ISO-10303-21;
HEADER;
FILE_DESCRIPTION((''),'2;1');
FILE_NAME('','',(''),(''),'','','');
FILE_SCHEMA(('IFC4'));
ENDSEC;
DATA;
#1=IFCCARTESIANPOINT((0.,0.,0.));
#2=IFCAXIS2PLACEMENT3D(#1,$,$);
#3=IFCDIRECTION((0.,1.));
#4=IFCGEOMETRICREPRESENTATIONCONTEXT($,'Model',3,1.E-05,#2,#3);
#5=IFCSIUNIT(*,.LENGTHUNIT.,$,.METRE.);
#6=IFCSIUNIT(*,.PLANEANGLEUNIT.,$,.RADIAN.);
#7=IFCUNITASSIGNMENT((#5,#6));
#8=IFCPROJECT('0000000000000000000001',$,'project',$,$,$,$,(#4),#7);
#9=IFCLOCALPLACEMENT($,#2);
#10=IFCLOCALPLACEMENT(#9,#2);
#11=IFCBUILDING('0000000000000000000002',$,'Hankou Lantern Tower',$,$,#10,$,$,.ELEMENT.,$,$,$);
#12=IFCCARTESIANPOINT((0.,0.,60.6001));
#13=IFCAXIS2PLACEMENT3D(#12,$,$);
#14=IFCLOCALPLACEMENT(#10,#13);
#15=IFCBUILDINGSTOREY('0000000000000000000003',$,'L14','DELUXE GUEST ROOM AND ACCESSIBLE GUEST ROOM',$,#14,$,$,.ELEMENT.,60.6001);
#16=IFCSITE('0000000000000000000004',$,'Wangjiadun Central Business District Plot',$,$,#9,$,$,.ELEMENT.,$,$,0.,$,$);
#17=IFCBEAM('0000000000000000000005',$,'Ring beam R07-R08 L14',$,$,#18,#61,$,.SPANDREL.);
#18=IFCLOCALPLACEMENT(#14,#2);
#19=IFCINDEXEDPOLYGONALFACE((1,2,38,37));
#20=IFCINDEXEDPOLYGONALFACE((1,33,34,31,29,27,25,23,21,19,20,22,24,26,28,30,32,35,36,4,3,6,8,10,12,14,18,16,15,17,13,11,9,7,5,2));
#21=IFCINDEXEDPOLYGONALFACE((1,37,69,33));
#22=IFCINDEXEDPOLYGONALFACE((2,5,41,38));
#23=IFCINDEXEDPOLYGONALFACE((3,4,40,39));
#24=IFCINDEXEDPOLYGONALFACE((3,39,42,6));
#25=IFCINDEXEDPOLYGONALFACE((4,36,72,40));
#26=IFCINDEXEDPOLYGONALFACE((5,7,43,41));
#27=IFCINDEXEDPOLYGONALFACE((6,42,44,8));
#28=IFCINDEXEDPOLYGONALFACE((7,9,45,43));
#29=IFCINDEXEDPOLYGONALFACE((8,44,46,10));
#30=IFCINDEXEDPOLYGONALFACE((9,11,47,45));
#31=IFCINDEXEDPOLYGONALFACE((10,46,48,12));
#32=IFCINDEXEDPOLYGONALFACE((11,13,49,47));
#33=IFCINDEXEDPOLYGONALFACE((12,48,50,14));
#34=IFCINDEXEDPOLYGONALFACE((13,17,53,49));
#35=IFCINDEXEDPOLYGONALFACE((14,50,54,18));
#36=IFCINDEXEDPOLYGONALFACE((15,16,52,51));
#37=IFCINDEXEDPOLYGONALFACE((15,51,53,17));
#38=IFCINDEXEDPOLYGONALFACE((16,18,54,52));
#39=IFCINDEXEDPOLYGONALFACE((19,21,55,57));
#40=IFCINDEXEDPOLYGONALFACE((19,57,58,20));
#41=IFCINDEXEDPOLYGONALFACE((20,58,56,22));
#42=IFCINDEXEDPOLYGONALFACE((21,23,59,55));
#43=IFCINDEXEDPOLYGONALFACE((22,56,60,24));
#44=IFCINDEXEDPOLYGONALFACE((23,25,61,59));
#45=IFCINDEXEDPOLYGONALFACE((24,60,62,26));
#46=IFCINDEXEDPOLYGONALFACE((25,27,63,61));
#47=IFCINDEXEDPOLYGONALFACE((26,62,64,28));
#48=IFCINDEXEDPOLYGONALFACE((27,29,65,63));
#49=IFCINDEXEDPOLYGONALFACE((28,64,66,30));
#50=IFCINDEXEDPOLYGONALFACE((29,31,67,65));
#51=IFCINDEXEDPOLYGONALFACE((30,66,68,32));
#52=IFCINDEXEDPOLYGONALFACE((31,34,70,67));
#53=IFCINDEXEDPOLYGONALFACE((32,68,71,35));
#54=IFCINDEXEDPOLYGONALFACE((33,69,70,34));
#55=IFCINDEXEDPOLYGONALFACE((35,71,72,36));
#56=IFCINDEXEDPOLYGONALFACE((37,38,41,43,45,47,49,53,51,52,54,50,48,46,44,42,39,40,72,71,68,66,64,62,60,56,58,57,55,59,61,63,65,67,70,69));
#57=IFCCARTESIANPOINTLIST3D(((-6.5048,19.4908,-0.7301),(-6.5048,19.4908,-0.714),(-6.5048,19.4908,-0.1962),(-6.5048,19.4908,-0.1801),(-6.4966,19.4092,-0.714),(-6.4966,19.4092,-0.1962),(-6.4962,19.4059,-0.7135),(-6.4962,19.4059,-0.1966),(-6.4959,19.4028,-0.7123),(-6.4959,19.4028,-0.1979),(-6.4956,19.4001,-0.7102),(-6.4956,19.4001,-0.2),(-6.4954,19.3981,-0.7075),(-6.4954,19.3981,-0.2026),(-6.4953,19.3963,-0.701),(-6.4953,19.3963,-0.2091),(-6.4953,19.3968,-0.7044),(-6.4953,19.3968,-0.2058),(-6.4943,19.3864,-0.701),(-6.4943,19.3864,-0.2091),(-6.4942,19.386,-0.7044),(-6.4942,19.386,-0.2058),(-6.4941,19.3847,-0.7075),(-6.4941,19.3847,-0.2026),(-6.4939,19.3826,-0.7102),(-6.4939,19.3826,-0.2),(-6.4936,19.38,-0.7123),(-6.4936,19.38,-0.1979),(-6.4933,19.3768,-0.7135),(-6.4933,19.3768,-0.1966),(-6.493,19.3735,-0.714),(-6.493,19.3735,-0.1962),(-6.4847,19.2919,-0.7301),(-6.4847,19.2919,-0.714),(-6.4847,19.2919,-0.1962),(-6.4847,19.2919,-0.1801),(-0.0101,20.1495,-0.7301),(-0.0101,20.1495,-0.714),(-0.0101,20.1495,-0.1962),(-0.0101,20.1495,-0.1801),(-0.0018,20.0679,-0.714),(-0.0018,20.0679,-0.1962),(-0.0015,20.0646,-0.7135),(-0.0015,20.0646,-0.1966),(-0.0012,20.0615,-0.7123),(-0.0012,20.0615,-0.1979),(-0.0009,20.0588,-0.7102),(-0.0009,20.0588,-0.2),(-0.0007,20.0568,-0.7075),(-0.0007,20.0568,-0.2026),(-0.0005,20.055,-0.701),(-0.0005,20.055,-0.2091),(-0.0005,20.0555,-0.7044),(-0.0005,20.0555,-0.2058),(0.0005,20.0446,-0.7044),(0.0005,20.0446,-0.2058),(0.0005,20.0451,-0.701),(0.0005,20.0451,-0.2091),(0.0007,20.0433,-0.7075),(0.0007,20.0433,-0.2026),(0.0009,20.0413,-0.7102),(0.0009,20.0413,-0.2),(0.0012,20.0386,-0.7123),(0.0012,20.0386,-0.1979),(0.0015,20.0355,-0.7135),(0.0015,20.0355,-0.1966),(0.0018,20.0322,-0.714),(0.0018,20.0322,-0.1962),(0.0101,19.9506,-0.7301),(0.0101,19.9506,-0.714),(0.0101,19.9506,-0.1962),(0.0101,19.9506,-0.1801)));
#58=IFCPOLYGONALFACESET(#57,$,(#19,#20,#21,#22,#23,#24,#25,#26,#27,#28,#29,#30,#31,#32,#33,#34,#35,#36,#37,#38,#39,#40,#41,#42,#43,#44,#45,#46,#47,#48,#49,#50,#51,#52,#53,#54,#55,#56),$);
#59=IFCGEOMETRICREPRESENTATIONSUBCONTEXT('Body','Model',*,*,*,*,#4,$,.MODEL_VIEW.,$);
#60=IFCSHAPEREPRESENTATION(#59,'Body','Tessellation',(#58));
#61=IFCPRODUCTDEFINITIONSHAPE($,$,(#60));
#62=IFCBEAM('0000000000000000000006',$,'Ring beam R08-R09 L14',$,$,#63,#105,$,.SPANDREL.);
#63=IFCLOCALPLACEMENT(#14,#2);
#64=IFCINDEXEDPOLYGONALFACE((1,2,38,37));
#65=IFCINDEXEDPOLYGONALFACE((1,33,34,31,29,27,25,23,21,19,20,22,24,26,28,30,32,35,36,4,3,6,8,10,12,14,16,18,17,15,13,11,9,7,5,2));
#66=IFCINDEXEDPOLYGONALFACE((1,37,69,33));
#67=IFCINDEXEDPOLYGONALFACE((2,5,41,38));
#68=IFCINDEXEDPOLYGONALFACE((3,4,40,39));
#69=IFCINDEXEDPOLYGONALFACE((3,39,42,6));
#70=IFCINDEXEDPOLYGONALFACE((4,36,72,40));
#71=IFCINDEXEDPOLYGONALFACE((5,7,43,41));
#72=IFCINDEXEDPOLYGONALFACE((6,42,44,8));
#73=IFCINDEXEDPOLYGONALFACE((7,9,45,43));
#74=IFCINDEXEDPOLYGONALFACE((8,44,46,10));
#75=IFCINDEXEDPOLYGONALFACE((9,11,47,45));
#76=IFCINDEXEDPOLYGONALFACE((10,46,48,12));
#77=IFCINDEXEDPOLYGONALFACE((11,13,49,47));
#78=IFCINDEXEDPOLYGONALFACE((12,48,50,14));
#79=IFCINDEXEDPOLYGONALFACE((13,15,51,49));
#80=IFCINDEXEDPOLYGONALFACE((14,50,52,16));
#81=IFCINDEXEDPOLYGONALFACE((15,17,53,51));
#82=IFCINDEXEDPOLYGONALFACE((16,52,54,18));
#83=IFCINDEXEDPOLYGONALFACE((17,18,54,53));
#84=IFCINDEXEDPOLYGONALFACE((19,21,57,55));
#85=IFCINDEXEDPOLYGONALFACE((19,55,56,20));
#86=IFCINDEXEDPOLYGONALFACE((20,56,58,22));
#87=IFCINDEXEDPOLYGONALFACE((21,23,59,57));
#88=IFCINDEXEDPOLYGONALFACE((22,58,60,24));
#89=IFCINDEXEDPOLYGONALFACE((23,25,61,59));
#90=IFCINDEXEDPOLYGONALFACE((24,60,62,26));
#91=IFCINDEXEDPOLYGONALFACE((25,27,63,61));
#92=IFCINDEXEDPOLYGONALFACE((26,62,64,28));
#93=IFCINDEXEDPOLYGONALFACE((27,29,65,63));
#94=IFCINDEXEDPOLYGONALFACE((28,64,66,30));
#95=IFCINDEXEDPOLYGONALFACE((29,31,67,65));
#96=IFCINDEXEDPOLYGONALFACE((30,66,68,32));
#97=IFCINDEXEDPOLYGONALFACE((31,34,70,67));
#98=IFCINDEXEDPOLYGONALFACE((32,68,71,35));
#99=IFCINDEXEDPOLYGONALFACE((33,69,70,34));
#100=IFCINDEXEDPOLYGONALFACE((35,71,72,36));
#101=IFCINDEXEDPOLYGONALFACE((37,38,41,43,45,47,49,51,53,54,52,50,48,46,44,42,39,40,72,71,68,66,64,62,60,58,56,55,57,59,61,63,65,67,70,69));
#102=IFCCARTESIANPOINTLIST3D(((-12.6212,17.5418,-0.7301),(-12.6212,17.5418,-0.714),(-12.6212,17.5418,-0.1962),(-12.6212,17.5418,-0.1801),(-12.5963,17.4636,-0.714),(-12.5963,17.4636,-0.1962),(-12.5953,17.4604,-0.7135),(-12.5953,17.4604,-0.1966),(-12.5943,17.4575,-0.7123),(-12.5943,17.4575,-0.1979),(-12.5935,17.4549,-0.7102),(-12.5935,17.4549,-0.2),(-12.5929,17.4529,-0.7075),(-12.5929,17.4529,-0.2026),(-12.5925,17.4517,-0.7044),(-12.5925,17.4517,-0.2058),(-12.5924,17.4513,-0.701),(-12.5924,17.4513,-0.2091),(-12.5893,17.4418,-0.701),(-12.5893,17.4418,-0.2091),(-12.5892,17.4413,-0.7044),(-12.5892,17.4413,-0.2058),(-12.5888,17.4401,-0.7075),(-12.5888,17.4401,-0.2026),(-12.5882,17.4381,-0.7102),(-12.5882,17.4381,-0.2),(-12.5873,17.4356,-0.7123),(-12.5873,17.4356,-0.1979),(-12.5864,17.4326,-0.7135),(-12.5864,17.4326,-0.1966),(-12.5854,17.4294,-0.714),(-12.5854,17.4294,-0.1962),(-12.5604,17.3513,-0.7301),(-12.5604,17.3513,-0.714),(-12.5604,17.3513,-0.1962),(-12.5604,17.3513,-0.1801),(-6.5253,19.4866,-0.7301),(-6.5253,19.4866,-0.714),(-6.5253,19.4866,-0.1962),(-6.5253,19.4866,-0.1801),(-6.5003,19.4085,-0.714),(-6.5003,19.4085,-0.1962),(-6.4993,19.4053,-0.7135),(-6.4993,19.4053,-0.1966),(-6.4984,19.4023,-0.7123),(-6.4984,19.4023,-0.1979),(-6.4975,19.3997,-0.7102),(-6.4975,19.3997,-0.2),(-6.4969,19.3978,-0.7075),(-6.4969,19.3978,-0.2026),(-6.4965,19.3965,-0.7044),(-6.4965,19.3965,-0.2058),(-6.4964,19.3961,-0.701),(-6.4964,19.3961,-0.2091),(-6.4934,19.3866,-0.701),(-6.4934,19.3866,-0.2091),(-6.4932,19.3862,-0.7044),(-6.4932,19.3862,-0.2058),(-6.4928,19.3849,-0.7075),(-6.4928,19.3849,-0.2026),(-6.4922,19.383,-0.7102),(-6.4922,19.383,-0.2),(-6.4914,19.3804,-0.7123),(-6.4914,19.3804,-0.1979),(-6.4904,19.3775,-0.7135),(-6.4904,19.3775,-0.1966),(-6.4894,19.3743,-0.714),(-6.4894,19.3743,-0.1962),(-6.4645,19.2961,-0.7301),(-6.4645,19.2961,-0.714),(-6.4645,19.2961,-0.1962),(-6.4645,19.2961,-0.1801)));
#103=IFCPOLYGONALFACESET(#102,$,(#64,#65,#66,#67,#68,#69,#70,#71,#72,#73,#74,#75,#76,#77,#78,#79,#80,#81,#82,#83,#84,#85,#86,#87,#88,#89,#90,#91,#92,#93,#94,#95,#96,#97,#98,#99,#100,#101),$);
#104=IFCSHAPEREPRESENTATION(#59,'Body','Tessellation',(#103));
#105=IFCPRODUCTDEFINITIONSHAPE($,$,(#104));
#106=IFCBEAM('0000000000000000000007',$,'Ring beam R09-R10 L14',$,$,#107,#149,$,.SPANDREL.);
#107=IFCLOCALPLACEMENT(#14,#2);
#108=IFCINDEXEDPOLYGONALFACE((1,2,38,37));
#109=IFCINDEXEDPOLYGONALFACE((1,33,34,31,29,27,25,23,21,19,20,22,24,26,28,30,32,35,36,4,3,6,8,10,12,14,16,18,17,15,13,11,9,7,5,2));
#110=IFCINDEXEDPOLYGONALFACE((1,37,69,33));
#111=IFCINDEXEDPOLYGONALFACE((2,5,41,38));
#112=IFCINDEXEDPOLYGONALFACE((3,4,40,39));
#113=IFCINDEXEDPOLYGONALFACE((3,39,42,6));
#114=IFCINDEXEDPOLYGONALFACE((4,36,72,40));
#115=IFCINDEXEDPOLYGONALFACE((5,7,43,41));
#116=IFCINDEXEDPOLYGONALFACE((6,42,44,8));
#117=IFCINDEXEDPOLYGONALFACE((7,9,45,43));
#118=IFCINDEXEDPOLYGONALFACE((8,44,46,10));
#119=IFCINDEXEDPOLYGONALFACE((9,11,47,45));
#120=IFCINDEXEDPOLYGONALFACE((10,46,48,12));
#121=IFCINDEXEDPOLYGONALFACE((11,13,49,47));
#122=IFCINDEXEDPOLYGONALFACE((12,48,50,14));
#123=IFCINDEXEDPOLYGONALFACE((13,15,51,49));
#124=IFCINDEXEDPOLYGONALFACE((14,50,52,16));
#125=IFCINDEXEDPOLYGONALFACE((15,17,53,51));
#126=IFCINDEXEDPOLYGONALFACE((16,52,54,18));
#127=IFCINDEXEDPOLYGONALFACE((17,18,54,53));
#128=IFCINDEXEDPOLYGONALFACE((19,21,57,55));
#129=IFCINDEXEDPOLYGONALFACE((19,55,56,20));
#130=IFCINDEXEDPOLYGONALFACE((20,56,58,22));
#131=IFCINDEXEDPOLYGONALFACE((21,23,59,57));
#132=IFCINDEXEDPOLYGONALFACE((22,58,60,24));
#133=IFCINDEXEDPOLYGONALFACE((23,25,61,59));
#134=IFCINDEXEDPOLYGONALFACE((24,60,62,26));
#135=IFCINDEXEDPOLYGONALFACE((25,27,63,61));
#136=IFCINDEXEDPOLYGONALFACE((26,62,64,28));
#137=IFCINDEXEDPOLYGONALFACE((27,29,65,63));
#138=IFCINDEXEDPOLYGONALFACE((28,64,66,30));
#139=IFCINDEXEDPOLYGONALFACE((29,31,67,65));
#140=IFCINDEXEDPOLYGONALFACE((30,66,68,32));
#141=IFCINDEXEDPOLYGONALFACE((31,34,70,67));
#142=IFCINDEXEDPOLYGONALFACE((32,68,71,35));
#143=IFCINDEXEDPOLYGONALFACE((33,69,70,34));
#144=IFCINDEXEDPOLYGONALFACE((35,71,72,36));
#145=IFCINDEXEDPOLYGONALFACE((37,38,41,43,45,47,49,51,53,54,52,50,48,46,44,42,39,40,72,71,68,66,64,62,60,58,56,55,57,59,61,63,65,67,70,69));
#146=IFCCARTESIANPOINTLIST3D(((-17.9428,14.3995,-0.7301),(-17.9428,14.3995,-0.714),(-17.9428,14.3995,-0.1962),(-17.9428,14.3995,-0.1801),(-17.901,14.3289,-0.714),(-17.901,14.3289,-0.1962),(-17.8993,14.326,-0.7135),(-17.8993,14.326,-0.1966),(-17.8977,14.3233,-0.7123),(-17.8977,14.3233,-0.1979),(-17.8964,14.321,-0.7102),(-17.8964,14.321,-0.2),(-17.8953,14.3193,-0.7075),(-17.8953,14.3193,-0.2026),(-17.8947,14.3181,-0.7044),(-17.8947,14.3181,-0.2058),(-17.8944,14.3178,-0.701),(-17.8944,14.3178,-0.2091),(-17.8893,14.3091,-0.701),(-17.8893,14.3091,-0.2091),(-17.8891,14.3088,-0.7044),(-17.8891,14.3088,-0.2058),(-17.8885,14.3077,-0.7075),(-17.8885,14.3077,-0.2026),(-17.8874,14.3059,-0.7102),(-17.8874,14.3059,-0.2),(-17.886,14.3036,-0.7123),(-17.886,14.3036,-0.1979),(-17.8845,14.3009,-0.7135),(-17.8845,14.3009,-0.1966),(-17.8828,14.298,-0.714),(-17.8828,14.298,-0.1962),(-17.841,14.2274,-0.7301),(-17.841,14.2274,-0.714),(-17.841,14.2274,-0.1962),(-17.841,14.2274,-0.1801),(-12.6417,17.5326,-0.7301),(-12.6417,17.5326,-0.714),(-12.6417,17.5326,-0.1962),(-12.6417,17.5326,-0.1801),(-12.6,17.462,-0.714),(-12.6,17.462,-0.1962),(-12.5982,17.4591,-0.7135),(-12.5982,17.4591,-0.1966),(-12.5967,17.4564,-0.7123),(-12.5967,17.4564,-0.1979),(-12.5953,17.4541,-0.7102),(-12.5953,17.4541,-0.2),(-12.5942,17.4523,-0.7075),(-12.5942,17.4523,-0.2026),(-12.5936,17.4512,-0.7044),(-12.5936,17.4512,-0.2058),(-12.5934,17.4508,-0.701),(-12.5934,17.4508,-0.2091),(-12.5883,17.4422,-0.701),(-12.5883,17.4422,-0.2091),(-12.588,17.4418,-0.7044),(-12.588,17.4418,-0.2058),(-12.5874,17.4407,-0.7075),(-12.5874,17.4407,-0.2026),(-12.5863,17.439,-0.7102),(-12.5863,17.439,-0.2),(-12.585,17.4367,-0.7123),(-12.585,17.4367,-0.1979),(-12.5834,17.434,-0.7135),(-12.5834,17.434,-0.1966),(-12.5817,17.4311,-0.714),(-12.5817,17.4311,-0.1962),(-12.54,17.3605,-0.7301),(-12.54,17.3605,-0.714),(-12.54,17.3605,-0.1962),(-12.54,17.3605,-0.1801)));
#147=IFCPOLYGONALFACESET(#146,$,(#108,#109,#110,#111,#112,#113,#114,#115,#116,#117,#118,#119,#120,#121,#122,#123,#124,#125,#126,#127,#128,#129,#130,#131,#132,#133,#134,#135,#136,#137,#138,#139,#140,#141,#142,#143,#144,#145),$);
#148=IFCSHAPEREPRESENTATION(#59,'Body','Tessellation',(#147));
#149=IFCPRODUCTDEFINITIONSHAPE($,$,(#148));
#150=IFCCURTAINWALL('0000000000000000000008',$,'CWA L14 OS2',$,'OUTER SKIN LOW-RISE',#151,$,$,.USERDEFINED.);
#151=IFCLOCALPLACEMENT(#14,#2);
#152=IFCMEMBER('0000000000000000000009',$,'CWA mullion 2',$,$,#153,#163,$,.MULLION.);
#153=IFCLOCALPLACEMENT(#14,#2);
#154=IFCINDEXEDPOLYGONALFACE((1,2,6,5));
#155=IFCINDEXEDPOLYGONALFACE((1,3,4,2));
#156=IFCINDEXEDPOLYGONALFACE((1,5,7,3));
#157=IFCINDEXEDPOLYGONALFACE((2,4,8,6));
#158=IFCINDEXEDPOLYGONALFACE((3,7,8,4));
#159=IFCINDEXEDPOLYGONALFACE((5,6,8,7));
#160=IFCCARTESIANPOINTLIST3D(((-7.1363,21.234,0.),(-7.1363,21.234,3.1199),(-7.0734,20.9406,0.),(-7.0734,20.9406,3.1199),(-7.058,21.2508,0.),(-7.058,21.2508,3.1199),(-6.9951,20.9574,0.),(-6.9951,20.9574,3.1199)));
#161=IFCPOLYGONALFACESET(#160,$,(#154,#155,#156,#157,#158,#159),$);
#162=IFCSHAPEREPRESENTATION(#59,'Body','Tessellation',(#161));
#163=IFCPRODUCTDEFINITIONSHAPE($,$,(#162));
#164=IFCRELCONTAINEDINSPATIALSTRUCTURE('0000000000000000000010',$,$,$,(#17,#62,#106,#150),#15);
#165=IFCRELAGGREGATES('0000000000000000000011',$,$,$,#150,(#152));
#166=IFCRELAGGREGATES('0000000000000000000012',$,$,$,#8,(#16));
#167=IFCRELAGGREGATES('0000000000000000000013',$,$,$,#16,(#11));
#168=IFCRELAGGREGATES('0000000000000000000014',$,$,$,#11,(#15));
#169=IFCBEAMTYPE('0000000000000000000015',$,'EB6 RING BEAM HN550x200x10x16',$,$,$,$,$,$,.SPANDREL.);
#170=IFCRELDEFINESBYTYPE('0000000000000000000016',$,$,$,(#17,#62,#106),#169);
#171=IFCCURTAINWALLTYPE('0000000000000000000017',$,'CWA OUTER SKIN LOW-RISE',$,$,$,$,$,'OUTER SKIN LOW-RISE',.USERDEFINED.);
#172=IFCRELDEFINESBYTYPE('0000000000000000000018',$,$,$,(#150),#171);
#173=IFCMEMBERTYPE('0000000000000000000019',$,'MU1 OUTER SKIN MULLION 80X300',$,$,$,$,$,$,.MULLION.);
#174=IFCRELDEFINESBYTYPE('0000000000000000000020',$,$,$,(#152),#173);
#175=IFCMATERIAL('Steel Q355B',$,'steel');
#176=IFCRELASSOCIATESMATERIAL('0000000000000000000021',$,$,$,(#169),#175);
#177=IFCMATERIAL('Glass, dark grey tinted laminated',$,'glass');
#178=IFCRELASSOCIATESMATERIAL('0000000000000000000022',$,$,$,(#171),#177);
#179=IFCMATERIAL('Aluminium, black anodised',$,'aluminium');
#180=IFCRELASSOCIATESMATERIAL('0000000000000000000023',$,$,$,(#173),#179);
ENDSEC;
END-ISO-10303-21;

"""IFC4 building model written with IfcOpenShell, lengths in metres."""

from ifc_helpers import new_model, si_unit, direction, frame, origin, origin_2d, place, context, subcontext, project, spatial, rectangle, i_section, extrude, material, material_profile, profile_set, type_object, element, aggregate, save


model = new_model("IFC4")

# Units and contexts
model_context = context("Model", 3, precision=1e-05, world=origin(), true_north=direction((0.0, 1.0)))
body_context = subcontext(model_context, "Body", "Model", "MODEL_VIEW")
ifc_project = project(units=[si_unit("LENGTHUNIT", "METRE"), si_unit("PLANEANGLEUNIT", "RADIAN")], contexts=[model_context])

# Site, building, storey
site_placement = place(None, origin())
site = spatial("IfcSite", under=ifc_project, at=site_placement, Name="Wangjiadun Central Business District Plot", CompositionType="ELEMENT", RefElevation=0.0)
building_placement = place(site_placement, origin())
building = spatial("IfcBuilding", under=site, at=building_placement, Name="Hankou Lantern Tower", CompositionType="ELEMENT")
storey_placement = place(building_placement, frame((0.0, 0.0, 60.6001)))
storey = spatial("IfcBuildingStorey", under=building, at=storey_placement, Name="L14", Description="DELUXE GUEST ROOM AND ACCESSIBLE GUEST ROOM", CompositionType="ELEMENT", Elevation=60.6001)

# Beams
ifc_material_1 = material(Name="Steel Q355B", Category="steel")
ifc_material_profile_1 = material_profile(ifc_material_1, i_section(OverallWidth=0.2, OverallDepth=0.55, WebThickness=0.01, FlangeThickness=0.0161, FilletRadius=0.0129, at=origin_2d()), Name="HN550x200x10x16")
ifc_profile_set_1 = profile_set([ifc_material_profile_1], Name="Steel Q355B")
beam_type_1 = type_object("IfcBeamType", Name="EB6 RING BEAM HN550x200x10x16", PredefinedType="SPANDREL", material=ifc_profile_set_1)
beam_1_placement = place(storey_placement, frame((0.0, 20.05, -0.4551), z_axis=(-0.994897, -0.1009, 0.0), x_axis=(0.1009, -0.994897, 0.0)))
element("IfcBeam", 1, at=beam_1_placement, inside=storey, type_object=beam_type_1, Name="Ring beam R07-R08 L14", PredefinedType="SPANDREL", context=body_context, shape_type="SweptSolid", body=[
    extrude(i_section(OverallWidth=0.2, OverallDepth=0.55, WebThickness=0.01, FlangeThickness=0.0161, FilletRadius=0.0129, at=origin_2d()), origin(), (0.0, 0.0, 1.0), 6.5281),
])
beam_2_placement = place(storey_placement, frame((-6.4949, 19.3914, -0.4551), z_axis=(-0.95269, -0.303942, 0.0), x_axis=(0.303942, -0.95269, 0.0)))
element("IfcBeam", 2, at=beam_2_placement, inside=storey, type_object=beam_type_1, Name="Ring beam R08-R09 L14", PredefinedType="SPANDREL", context=body_context, shape_type="SweptSolid", body=[
    extrude(i_section(OverallWidth=0.2, OverallDepth=0.55, WebThickness=0.01, FlangeThickness=0.0161, FilletRadius=0.0129, at=origin_2d()), origin(), (0.0, 0.0, 1.0), 6.3987),
])
beam_3_placement = place(storey_placement, frame((-12.5908, 17.4465, -0.4551), z_axis=(-0.860882, -0.508805, 0.0), x_axis=(0.508805, -0.860882, 0.0)))
element("IfcBeam", 3, at=beam_3_placement, inside=storey, type_object=beam_type_1, Name="Ring beam R09-R10 L14", PredefinedType="SPANDREL", context=body_context, shape_type="SweptSolid", body=[
    extrude(i_section(OverallWidth=0.2, OverallDepth=0.55, WebThickness=0.01, FlangeThickness=0.0161, FilletRadius=0.0129, at=origin_2d()), origin(), (0.0, 0.0, 1.0), 6.1577),
])

# Curtain wall, member
ifc_material_2 = material(Name="Glass, dark grey tinted laminated", Category="glass")
curtain_wall_type = type_object("IfcCurtainWallType", Name="CWA OUTER SKIN LOW-RISE", ElementType="OUTER SKIN LOW-RISE", PredefinedType="USERDEFINED", material=ifc_material_2)
curtain_wall_placement = place(storey_placement, origin())
curtain_wall = element("IfcCurtainWall", 4, at=curtain_wall_placement, inside=storey, type_object=curtain_wall_type, Name="CWA L14 OS2", ObjectType="OUTER SKIN LOW-RISE", PredefinedType="USERDEFINED")
ifc_material_3 = material(Name="Aluminium, black anodised", Category="aluminium")
ifc_material_profile_2 = material_profile(ifc_material_3, rectangle(XDim=0.0801, YDim=0.3, at=origin_2d()), Name="MU1 80X300")
ifc_profile_set_2 = profile_set([ifc_material_profile_2], Name="Aluminium, black anodised")
member_type_1 = type_object("IfcMemberType", Name="MU1 OUTER SKIN MULLION 80X300", PredefinedType="MULLION", material=ifc_profile_set_2)
member_1_placement = place(storey_placement, frame((-7.0657, 21.0957, 0.0), z_axis=(0.0, 0.0, 1.0), x_axis=(-0.977788, -0.209598, 0.0)))
member_1 = element("IfcMember", 5, at=member_1_placement, type_object=member_type_1, Name="CWA mullion 2", PredefinedType="MULLION", context=body_context, shape_type="SweptSolid", body=[
    extrude(rectangle(XDim=0.0801, YDim=0.3, at=origin_2d()), origin(), (0.0, 0.0, 1.0), 3.1199),
])

aggregate(curtain_wall, [member_1])

save(model, "model.ifc")
